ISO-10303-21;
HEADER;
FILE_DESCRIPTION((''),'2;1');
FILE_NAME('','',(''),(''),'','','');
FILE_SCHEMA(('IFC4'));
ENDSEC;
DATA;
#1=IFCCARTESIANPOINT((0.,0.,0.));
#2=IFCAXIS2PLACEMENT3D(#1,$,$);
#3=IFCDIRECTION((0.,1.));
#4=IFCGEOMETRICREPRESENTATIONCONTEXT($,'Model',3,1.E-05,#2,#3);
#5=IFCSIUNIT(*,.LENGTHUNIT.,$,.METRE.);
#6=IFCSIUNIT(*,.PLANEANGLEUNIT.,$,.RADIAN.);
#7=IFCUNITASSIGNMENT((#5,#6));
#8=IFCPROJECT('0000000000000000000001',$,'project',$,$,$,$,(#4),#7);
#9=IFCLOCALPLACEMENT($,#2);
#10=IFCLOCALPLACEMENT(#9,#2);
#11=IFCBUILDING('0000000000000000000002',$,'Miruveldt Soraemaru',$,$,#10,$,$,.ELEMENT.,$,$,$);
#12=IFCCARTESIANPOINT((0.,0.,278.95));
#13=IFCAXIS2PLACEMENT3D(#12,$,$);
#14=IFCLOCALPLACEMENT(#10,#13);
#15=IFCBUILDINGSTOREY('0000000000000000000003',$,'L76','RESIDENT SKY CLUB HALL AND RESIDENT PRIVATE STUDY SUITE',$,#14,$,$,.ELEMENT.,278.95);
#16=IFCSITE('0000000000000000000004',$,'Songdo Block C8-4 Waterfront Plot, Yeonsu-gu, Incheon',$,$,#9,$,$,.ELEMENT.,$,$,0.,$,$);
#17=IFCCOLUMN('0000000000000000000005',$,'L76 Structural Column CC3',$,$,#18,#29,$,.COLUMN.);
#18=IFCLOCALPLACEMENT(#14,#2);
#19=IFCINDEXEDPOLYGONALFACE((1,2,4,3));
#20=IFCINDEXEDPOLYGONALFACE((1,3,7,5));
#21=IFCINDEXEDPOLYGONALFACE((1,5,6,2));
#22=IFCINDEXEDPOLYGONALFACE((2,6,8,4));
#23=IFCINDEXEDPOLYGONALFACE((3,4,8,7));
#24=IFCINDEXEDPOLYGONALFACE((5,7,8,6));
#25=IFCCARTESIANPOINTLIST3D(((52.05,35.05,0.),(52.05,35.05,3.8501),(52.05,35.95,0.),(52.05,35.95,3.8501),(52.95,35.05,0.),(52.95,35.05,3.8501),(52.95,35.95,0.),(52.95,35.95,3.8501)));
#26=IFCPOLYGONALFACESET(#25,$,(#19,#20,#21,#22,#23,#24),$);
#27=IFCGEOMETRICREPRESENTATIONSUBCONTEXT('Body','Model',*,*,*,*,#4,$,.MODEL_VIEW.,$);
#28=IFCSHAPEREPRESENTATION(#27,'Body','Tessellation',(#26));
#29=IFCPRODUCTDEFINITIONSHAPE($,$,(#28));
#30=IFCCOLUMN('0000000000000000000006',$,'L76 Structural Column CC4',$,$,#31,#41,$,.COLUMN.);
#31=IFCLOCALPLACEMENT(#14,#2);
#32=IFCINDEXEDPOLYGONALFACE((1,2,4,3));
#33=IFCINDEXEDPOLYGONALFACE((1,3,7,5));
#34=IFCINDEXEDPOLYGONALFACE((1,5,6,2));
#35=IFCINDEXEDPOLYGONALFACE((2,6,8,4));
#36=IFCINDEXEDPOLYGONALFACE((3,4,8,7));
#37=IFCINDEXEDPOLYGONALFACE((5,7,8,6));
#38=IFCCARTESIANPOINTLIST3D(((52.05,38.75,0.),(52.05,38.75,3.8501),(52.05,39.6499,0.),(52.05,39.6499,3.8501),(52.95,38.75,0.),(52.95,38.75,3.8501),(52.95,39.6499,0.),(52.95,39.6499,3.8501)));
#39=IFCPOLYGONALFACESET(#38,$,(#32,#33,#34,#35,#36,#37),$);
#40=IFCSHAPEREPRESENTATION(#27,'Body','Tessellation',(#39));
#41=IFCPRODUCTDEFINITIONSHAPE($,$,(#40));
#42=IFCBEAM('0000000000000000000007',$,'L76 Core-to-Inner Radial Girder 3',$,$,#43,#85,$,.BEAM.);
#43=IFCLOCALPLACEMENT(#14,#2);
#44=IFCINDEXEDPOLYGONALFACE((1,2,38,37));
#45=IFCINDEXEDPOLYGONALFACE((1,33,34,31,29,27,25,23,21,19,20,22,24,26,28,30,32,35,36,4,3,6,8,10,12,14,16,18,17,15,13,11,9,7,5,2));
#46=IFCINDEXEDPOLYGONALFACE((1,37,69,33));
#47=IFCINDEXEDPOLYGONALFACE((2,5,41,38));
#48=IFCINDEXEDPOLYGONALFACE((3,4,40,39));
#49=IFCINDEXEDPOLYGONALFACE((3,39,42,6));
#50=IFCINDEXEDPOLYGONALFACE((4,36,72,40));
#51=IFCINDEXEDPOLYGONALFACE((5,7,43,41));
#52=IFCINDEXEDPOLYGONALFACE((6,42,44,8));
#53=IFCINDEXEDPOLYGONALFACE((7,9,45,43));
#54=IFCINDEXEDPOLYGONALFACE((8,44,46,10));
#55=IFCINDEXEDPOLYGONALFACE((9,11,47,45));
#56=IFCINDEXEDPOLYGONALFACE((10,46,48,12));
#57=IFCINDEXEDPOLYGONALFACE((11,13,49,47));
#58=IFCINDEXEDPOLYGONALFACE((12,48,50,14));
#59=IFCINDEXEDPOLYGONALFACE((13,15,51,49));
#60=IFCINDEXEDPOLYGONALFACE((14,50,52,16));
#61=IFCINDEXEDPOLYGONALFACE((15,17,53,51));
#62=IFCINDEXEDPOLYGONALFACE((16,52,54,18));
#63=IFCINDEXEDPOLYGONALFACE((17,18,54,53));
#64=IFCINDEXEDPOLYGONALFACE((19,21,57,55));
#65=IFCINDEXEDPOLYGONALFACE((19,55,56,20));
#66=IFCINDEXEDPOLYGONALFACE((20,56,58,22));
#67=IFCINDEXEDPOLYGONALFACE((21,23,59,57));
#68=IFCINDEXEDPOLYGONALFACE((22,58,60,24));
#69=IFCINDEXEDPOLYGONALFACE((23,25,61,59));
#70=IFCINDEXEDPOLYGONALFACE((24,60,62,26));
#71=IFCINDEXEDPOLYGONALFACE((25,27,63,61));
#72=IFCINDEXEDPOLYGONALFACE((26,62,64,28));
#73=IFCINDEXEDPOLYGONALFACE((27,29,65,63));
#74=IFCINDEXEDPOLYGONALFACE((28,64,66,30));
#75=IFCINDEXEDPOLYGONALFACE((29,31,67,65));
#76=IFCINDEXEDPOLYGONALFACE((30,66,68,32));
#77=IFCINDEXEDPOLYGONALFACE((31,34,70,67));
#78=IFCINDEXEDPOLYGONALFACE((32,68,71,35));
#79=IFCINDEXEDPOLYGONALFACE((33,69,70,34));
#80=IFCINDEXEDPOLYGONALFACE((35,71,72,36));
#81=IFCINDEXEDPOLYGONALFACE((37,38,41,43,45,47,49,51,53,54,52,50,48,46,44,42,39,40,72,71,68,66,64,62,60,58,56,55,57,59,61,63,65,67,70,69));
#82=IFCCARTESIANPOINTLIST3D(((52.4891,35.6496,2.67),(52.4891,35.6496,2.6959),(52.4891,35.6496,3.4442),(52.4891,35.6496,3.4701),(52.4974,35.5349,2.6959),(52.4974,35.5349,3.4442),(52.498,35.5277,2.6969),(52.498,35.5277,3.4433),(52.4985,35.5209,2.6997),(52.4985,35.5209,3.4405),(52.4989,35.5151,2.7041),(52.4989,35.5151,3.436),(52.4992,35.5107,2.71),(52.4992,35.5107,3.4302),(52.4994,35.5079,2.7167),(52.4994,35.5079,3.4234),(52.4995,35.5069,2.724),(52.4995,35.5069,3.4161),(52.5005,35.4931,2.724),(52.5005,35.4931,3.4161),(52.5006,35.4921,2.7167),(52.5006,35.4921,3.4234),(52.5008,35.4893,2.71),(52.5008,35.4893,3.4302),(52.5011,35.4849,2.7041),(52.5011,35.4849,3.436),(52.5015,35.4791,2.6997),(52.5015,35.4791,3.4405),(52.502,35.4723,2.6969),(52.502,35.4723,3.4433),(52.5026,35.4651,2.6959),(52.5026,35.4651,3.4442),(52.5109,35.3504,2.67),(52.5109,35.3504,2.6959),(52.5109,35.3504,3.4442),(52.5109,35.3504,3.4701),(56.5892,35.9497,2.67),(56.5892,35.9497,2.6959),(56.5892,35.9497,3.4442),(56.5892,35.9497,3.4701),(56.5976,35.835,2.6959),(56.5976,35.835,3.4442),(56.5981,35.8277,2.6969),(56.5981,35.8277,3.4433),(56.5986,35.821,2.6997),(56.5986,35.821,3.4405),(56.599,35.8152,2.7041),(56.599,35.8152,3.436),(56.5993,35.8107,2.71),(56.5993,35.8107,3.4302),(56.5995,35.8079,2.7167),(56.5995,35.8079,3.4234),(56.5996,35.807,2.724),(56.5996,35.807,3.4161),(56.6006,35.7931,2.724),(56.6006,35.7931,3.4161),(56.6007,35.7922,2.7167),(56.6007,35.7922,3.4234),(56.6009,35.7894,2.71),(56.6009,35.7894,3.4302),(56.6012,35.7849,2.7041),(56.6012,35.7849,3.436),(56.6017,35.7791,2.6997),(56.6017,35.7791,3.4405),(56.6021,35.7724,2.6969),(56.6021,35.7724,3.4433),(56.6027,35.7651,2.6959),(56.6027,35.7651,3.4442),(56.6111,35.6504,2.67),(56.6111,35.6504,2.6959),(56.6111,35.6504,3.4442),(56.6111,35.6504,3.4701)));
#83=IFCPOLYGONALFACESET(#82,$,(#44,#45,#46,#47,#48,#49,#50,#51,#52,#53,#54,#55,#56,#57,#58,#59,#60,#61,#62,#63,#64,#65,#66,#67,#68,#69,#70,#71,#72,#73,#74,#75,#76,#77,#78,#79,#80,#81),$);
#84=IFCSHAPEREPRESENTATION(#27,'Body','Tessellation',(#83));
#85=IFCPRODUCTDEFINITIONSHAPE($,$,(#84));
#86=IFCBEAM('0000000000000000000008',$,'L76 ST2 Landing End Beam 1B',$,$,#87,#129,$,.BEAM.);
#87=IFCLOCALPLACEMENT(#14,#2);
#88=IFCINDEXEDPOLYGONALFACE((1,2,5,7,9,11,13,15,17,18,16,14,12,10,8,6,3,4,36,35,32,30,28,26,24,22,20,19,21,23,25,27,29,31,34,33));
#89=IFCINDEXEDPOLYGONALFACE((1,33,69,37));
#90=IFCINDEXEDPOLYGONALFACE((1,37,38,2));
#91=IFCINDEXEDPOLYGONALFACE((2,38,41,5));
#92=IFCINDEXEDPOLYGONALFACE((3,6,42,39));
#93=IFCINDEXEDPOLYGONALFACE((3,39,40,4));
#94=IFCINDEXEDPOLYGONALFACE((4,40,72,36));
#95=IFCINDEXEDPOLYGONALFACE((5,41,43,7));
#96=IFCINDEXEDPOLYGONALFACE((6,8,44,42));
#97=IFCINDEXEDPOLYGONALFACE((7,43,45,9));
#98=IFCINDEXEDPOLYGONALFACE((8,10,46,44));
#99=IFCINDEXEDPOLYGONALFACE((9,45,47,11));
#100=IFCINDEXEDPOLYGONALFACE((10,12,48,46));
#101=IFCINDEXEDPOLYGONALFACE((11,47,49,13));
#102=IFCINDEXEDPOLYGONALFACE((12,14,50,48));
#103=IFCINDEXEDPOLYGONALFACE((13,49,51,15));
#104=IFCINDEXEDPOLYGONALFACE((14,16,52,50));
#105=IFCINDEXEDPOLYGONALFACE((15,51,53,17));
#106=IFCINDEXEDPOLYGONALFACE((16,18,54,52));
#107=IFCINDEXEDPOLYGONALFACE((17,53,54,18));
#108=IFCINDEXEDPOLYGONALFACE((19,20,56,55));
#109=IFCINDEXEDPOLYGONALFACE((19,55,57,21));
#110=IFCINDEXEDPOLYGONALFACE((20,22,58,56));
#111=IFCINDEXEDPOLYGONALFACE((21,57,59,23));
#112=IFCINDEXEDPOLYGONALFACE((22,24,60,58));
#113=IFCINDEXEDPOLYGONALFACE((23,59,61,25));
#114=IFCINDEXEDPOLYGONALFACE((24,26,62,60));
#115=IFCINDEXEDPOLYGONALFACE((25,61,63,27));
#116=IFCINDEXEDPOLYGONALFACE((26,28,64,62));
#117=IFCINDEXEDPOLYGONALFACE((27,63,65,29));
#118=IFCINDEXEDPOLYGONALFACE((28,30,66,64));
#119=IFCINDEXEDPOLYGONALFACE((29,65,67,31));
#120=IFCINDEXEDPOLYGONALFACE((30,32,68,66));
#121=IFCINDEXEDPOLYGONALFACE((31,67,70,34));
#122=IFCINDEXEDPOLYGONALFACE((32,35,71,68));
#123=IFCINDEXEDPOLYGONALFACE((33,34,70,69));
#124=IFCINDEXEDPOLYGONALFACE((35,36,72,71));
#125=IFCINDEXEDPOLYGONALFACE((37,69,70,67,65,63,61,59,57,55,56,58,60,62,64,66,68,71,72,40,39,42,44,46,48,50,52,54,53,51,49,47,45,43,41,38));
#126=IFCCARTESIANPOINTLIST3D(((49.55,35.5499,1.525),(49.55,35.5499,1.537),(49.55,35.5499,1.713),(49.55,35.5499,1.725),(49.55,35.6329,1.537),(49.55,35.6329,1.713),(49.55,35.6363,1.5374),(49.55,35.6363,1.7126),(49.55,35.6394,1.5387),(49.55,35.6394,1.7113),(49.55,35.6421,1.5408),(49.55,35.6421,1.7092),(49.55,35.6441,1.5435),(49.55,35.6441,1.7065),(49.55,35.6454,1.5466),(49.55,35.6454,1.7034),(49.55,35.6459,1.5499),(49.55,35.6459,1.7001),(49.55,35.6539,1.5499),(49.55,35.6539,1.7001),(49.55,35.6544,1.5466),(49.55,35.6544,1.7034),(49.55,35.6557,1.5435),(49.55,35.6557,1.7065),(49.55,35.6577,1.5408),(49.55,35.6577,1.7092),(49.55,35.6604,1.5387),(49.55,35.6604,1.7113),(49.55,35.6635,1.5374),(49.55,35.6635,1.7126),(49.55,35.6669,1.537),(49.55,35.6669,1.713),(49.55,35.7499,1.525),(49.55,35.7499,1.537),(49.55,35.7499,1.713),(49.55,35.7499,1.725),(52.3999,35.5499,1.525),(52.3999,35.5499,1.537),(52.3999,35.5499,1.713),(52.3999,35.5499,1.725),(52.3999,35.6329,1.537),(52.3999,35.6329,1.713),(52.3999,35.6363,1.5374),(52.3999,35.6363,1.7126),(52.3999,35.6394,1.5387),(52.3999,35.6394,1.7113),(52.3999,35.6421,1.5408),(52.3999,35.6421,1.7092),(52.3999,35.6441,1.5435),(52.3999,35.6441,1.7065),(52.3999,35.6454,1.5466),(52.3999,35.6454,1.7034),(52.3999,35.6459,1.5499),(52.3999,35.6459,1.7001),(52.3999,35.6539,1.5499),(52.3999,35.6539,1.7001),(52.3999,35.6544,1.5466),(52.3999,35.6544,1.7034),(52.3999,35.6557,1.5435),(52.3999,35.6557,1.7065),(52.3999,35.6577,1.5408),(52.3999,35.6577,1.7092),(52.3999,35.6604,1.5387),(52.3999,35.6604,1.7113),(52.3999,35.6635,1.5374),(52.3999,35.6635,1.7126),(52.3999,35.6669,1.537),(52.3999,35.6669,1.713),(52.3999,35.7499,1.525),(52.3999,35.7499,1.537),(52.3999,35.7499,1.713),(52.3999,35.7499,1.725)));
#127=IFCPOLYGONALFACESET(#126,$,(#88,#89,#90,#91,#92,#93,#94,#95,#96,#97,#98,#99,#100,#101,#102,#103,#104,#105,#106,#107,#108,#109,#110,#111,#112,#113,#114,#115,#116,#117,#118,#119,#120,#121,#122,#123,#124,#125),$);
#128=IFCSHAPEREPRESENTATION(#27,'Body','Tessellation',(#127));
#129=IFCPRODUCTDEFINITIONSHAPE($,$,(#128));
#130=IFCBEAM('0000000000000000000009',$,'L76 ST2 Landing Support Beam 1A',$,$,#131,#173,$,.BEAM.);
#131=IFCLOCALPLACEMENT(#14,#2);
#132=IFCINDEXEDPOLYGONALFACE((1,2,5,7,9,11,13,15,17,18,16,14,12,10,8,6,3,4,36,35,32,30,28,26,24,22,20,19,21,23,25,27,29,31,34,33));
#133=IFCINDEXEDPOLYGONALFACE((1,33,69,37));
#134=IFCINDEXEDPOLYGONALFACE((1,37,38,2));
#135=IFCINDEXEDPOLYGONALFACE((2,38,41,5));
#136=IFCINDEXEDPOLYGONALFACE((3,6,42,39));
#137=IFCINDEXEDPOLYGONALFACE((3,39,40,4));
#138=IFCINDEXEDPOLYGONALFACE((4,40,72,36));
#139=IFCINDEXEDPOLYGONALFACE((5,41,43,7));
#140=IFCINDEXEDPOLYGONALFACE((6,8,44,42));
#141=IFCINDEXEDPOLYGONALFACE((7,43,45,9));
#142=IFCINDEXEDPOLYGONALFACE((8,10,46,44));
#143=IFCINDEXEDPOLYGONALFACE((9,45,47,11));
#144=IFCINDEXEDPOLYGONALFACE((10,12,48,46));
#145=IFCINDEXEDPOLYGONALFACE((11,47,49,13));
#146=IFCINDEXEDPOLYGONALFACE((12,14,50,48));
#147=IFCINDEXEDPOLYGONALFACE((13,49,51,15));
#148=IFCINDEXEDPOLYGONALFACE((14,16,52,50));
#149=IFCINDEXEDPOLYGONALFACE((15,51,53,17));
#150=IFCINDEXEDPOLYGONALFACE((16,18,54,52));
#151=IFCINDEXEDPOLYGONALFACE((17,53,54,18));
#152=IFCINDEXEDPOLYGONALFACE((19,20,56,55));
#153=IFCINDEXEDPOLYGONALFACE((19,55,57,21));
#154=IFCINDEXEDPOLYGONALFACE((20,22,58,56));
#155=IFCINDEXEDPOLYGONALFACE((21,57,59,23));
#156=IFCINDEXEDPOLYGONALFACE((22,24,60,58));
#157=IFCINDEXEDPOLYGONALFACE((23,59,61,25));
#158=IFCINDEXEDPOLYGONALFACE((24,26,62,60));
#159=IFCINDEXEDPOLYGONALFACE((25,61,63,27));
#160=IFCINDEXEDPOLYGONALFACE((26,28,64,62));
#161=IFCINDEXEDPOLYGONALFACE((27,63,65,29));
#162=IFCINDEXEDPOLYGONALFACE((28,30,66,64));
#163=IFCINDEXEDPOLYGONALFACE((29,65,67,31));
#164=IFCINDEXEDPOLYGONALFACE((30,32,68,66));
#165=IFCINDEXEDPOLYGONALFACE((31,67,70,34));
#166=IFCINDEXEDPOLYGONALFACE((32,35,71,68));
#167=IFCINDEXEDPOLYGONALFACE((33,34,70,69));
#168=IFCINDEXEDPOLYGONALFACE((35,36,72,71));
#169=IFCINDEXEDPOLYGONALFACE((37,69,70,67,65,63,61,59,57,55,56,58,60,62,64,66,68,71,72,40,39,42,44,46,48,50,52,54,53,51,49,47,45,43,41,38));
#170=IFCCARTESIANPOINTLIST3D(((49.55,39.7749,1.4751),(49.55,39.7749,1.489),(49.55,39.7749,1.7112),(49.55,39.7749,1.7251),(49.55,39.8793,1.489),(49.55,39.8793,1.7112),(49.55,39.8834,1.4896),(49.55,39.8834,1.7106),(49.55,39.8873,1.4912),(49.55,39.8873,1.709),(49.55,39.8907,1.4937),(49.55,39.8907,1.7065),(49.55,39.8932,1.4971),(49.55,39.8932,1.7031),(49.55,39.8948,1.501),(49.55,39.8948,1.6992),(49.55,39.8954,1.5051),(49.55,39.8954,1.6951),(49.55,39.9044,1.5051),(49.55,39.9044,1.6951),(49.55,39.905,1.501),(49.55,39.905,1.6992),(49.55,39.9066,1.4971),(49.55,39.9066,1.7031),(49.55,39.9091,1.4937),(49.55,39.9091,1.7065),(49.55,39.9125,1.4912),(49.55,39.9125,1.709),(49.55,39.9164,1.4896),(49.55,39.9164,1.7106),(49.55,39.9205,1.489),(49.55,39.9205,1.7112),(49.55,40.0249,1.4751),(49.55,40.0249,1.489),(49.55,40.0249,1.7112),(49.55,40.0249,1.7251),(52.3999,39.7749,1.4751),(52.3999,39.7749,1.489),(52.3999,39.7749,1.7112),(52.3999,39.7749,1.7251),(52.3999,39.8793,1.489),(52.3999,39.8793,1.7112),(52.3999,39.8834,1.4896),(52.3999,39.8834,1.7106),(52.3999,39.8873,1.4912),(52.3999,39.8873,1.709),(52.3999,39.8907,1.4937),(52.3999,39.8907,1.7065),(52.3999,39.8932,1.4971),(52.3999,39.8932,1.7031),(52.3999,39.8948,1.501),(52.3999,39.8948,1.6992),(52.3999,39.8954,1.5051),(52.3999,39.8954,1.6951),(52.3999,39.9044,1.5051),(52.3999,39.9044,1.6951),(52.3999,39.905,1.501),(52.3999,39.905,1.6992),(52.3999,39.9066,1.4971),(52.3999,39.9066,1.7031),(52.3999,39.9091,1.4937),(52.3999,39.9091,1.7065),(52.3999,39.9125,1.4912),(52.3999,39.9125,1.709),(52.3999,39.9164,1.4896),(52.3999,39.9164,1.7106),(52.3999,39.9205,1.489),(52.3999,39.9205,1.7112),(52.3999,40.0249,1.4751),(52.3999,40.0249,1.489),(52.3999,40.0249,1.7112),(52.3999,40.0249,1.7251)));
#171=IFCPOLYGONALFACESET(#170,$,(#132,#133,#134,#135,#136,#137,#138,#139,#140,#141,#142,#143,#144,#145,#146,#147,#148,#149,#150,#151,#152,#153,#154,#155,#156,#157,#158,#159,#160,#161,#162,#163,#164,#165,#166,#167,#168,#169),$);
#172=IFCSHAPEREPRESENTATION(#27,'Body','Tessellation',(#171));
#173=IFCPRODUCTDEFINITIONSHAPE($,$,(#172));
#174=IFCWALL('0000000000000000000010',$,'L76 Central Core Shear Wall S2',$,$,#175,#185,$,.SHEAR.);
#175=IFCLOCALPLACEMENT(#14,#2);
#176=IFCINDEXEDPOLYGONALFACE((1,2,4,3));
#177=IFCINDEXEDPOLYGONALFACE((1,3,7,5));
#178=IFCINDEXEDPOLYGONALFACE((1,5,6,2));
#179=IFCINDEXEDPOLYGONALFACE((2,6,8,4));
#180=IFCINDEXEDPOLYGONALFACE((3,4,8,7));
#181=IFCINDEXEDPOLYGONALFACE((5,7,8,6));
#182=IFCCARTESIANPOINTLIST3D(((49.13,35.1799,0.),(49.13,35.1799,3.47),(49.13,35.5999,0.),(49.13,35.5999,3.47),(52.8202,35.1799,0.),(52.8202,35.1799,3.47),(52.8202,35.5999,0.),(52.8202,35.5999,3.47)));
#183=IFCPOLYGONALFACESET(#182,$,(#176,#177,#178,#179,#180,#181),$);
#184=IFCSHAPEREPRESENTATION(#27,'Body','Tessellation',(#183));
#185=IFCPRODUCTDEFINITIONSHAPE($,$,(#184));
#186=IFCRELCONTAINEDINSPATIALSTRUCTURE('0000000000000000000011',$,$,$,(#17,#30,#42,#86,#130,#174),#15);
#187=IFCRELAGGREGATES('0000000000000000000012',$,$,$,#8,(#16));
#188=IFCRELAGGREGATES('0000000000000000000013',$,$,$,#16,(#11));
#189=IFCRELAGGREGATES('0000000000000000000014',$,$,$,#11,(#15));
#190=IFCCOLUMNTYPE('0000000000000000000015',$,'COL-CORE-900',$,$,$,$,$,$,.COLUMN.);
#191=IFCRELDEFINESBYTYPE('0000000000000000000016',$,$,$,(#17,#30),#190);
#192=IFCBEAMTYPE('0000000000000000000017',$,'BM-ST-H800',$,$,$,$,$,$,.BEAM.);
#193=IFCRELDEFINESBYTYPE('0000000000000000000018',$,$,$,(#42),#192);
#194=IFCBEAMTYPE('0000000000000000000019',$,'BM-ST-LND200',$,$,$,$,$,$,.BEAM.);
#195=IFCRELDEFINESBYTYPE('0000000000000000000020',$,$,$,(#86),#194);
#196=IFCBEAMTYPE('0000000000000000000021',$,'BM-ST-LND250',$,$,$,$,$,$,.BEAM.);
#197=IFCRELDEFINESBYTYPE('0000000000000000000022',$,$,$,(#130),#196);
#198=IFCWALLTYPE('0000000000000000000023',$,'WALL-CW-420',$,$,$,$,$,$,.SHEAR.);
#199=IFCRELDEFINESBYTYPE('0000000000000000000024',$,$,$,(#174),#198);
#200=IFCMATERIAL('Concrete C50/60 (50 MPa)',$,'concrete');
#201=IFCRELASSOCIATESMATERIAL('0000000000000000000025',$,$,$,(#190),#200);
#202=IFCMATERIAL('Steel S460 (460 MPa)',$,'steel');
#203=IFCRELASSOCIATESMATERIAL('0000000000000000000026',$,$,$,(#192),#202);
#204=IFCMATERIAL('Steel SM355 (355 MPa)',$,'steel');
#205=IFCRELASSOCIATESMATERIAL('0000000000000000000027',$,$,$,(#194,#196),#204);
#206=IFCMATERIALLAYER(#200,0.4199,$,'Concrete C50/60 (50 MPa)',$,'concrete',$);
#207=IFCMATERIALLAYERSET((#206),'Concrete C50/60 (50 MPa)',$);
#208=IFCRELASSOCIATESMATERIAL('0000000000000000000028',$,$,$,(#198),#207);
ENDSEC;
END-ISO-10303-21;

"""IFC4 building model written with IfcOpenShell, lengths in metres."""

from ifc_helpers import new_model, si_unit, direction, frame, frame_2d, origin, origin_2d, place, context, subcontext, project, spatial, rectangle, i_section, extrude, material, layer, layer_set, material_profile, profile_set, type_object, element, save


model = new_model("IFC4")

# Units and contexts
model_context = context("Model", 3, precision=1e-05, world=origin(), true_north=direction((0.0, 1.0)))
body_context = subcontext(model_context, "Body", "Model", "MODEL_VIEW")
ifc_project = project(units=[si_unit("LENGTHUNIT", "METRE"), si_unit("PLANEANGLEUNIT", "RADIAN")], contexts=[model_context])

# Site, building, storey
site_placement = place(None, origin())
site = spatial("IfcSite", under=ifc_project, at=site_placement, Name="Songdo Block C8-4 Waterfront Plot, Yeonsu-gu, Incheon", CompositionType="ELEMENT", RefElevation=0.0)
building_placement = place(site_placement, origin())
building = spatial("IfcBuilding", under=site, at=building_placement, Name="Miruveldt Soraemaru", CompositionType="ELEMENT")
storey_placement = place(building_placement, frame((0.0, 0.0, 278.95)))
storey = spatial("IfcBuildingStorey", under=building, at=storey_placement, Name="L76", Description="RESIDENT SKY CLUB HALL AND RESIDENT PRIVATE STUDY SUITE", CompositionType="ELEMENT", Elevation=278.95)

# Columns
ifc_material_1 = material(Name="Concrete C50/60 (50 MPa)", Category="concrete")
ifc_material_profile_1 = material_profile(ifc_material_1, rectangle(XDim=0.8999, YDim=0.8999, at=origin_2d()), Name="Concrete C50/60 (50 MPa)", Category="concrete")
ifc_profile_set_1 = profile_set([ifc_material_profile_1], Name="Concrete C50/60 (50 MPa)")
column_type = type_object("IfcColumnType", Name="COL-CORE-900", PredefinedType="COLUMN", material=ifc_profile_set_1)
for number, where, z_axis, x_axis, name in (
    (1, (52.5, 35.5, 0.0), (0.0, 0.0, 1.0), (1.0, 0.0, 0.0), "L76 Structural Column CC3"),
    (2, (52.5, 39.2, 0.0), (0.0, 0.0, 1.0), (1.0, 0.0, 0.0), "L76 Structural Column CC4"),
):
    element("IfcColumn", number, at=place(storey_placement, frame(where, z_axis=z_axis, x_axis=x_axis)), inside=storey, type_object=column_type, Name=name, PredefinedType="COLUMN", context=body_context, shape_type="SweptSolid", body=[
        extrude(rectangle(XDim=0.8999, YDim=0.8999, at=origin_2d()), origin(), (0.0, 0.0, 1.0), 3.8501),
    ])

# Beams
ifc_material_2 = material(Name="Steel S460 (460 MPa)", Category="steel")
ifc_material_profile_2 = material_profile(ifc_material_2, i_section(OverallWidth=0.3, OverallDepth=0.8, WebThickness=0.0139, FlangeThickness=0.0259, FilletRadius=0.0281, at=origin_2d()), Name="Steel S460 (460 MPa)", Category="steel")
ifc_profile_set_2 = profile_set([ifc_material_profile_2], Name="Steel S460 (460 MPa)")
beam_type_1 = type_object("IfcBeamType", Name="BM-ST-H800", PredefinedType="BEAM", material=ifc_profile_set_2)
beam_1_placement = place(storey_placement, frame((52.5, 35.5, 3.0701), z_axis=(0.997333, 0.072986, 0.0), x_axis=(-0.072986, 0.997333, 0.0)))
element("IfcBeam", 3, at=beam_1_placement, inside=storey, type_object=beam_type_1, Name="L76 Core-to-Inner Radial Girder 3", PredefinedType="BEAM", context=body_context, shape_type="SweptSolid", body=[
    extrude(i_section(OverallWidth=0.3, OverallDepth=0.8, WebThickness=0.0139, FlangeThickness=0.0259, FilletRadius=0.0281, at=origin_2d()), origin(), (0.0, 0.0, 1.0), 4.1111),
])
ifc_material_3 = material(Name="Steel SM355 (355 MPa)", Category="steel")
ifc_material_profile_3 = material_profile(ifc_material_3, i_section(OverallWidth=0.2, OverallDepth=0.2, WebThickness=0.0081, FlangeThickness=0.012, FilletRadius=0.0129, at=origin_2d()), Name="Steel SM355 (355 MPa)", Category="steel")
ifc_profile_set_3 = profile_set([ifc_material_profile_3], Name="Steel SM355 (355 MPa)")
beam_type_2 = type_object("IfcBeamType", Name="BM-ST-LND200", PredefinedType="BEAM", material=ifc_profile_set_3)
beam_2_placement = place(storey_placement, frame((49.55, 35.6499, 1.625), z_axis=(1.0, 0.0, 0.0), x_axis=(0.0, 1.0, 0.0)))
element("IfcBeam", 4, at=beam_2_placement, inside=storey, type_object=beam_type_2, Name="L76 ST2 Landing End Beam 1B", PredefinedType="BEAM", context=body_context, shape_type="SweptSolid", body=[
    extrude(i_section(OverallWidth=0.2, OverallDepth=0.2, WebThickness=0.0081, FlangeThickness=0.012, FilletRadius=0.0129, at=origin_2d()), origin(), (0.0, 0.0, 1.0), 2.8499),
])
ifc_material_profile_4 = material_profile(ifc_material_3, i_section(OverallWidth=0.25, OverallDepth=0.25, WebThickness=0.009, FlangeThickness=0.0139, FilletRadius=0.0161, at=origin_2d()), Name="Steel SM355 (355 MPa)", Category="steel")
ifc_profile_set_4 = profile_set([ifc_material_profile_4], Name="Steel SM355 (355 MPa)")
beam_type_3 = type_object("IfcBeamType", Name="BM-ST-LND250", PredefinedType="BEAM", material=ifc_profile_set_4)
beam_3_placement = place(storey_placement, frame((49.55, 39.8999, 1.6001), z_axis=(1.0, 0.0, 0.0), x_axis=(0.0, 1.0, 0.0)))
element("IfcBeam", 5, at=beam_3_placement, inside=storey, type_object=beam_type_3, Name="L76 ST2 Landing Support Beam 1A", PredefinedType="BEAM", context=body_context, shape_type="SweptSolid", body=[
    extrude(i_section(OverallWidth=0.25, OverallDepth=0.25, WebThickness=0.009, FlangeThickness=0.0139, FilletRadius=0.0161, at=origin_2d()), origin(), (0.0, 0.0, 1.0), 2.8499),
])

# Wall
ifc_layer_1 = layer(ifc_material_1, 0.4199, Name="Concrete C50/60 (50 MPa)", Category="concrete")
ifc_layer_set_1 = layer_set([ifc_layer_1], Name="Concrete C50/60 (50 MPa)")
wall_type_1 = type_object("IfcWallType", Name="WALL-CW-420", PredefinedType="SHEAR", material=ifc_layer_set_1)
wall_1_placement = place(storey_placement, frame((49.1299, 35.3899, 0.0), z_axis=(0.0, 0.0, 1.0), x_axis=(1.0, 0.0, 0.0)))
element("IfcWall", 6, at=wall_1_placement, inside=storey, type_object=wall_type_1, Name="L76 Central Core Shear Wall S2", PredefinedType="SHEAR", context=body_context, shape_type="SweptSolid", body=[
    extrude(rectangle(XDim=3.6902, YDim=0.4199, at=frame_2d((1.8452, 0.0))), origin(), (0.0, 0.0, 1.0), 3.47),
])

save(model, "model.ifc")
